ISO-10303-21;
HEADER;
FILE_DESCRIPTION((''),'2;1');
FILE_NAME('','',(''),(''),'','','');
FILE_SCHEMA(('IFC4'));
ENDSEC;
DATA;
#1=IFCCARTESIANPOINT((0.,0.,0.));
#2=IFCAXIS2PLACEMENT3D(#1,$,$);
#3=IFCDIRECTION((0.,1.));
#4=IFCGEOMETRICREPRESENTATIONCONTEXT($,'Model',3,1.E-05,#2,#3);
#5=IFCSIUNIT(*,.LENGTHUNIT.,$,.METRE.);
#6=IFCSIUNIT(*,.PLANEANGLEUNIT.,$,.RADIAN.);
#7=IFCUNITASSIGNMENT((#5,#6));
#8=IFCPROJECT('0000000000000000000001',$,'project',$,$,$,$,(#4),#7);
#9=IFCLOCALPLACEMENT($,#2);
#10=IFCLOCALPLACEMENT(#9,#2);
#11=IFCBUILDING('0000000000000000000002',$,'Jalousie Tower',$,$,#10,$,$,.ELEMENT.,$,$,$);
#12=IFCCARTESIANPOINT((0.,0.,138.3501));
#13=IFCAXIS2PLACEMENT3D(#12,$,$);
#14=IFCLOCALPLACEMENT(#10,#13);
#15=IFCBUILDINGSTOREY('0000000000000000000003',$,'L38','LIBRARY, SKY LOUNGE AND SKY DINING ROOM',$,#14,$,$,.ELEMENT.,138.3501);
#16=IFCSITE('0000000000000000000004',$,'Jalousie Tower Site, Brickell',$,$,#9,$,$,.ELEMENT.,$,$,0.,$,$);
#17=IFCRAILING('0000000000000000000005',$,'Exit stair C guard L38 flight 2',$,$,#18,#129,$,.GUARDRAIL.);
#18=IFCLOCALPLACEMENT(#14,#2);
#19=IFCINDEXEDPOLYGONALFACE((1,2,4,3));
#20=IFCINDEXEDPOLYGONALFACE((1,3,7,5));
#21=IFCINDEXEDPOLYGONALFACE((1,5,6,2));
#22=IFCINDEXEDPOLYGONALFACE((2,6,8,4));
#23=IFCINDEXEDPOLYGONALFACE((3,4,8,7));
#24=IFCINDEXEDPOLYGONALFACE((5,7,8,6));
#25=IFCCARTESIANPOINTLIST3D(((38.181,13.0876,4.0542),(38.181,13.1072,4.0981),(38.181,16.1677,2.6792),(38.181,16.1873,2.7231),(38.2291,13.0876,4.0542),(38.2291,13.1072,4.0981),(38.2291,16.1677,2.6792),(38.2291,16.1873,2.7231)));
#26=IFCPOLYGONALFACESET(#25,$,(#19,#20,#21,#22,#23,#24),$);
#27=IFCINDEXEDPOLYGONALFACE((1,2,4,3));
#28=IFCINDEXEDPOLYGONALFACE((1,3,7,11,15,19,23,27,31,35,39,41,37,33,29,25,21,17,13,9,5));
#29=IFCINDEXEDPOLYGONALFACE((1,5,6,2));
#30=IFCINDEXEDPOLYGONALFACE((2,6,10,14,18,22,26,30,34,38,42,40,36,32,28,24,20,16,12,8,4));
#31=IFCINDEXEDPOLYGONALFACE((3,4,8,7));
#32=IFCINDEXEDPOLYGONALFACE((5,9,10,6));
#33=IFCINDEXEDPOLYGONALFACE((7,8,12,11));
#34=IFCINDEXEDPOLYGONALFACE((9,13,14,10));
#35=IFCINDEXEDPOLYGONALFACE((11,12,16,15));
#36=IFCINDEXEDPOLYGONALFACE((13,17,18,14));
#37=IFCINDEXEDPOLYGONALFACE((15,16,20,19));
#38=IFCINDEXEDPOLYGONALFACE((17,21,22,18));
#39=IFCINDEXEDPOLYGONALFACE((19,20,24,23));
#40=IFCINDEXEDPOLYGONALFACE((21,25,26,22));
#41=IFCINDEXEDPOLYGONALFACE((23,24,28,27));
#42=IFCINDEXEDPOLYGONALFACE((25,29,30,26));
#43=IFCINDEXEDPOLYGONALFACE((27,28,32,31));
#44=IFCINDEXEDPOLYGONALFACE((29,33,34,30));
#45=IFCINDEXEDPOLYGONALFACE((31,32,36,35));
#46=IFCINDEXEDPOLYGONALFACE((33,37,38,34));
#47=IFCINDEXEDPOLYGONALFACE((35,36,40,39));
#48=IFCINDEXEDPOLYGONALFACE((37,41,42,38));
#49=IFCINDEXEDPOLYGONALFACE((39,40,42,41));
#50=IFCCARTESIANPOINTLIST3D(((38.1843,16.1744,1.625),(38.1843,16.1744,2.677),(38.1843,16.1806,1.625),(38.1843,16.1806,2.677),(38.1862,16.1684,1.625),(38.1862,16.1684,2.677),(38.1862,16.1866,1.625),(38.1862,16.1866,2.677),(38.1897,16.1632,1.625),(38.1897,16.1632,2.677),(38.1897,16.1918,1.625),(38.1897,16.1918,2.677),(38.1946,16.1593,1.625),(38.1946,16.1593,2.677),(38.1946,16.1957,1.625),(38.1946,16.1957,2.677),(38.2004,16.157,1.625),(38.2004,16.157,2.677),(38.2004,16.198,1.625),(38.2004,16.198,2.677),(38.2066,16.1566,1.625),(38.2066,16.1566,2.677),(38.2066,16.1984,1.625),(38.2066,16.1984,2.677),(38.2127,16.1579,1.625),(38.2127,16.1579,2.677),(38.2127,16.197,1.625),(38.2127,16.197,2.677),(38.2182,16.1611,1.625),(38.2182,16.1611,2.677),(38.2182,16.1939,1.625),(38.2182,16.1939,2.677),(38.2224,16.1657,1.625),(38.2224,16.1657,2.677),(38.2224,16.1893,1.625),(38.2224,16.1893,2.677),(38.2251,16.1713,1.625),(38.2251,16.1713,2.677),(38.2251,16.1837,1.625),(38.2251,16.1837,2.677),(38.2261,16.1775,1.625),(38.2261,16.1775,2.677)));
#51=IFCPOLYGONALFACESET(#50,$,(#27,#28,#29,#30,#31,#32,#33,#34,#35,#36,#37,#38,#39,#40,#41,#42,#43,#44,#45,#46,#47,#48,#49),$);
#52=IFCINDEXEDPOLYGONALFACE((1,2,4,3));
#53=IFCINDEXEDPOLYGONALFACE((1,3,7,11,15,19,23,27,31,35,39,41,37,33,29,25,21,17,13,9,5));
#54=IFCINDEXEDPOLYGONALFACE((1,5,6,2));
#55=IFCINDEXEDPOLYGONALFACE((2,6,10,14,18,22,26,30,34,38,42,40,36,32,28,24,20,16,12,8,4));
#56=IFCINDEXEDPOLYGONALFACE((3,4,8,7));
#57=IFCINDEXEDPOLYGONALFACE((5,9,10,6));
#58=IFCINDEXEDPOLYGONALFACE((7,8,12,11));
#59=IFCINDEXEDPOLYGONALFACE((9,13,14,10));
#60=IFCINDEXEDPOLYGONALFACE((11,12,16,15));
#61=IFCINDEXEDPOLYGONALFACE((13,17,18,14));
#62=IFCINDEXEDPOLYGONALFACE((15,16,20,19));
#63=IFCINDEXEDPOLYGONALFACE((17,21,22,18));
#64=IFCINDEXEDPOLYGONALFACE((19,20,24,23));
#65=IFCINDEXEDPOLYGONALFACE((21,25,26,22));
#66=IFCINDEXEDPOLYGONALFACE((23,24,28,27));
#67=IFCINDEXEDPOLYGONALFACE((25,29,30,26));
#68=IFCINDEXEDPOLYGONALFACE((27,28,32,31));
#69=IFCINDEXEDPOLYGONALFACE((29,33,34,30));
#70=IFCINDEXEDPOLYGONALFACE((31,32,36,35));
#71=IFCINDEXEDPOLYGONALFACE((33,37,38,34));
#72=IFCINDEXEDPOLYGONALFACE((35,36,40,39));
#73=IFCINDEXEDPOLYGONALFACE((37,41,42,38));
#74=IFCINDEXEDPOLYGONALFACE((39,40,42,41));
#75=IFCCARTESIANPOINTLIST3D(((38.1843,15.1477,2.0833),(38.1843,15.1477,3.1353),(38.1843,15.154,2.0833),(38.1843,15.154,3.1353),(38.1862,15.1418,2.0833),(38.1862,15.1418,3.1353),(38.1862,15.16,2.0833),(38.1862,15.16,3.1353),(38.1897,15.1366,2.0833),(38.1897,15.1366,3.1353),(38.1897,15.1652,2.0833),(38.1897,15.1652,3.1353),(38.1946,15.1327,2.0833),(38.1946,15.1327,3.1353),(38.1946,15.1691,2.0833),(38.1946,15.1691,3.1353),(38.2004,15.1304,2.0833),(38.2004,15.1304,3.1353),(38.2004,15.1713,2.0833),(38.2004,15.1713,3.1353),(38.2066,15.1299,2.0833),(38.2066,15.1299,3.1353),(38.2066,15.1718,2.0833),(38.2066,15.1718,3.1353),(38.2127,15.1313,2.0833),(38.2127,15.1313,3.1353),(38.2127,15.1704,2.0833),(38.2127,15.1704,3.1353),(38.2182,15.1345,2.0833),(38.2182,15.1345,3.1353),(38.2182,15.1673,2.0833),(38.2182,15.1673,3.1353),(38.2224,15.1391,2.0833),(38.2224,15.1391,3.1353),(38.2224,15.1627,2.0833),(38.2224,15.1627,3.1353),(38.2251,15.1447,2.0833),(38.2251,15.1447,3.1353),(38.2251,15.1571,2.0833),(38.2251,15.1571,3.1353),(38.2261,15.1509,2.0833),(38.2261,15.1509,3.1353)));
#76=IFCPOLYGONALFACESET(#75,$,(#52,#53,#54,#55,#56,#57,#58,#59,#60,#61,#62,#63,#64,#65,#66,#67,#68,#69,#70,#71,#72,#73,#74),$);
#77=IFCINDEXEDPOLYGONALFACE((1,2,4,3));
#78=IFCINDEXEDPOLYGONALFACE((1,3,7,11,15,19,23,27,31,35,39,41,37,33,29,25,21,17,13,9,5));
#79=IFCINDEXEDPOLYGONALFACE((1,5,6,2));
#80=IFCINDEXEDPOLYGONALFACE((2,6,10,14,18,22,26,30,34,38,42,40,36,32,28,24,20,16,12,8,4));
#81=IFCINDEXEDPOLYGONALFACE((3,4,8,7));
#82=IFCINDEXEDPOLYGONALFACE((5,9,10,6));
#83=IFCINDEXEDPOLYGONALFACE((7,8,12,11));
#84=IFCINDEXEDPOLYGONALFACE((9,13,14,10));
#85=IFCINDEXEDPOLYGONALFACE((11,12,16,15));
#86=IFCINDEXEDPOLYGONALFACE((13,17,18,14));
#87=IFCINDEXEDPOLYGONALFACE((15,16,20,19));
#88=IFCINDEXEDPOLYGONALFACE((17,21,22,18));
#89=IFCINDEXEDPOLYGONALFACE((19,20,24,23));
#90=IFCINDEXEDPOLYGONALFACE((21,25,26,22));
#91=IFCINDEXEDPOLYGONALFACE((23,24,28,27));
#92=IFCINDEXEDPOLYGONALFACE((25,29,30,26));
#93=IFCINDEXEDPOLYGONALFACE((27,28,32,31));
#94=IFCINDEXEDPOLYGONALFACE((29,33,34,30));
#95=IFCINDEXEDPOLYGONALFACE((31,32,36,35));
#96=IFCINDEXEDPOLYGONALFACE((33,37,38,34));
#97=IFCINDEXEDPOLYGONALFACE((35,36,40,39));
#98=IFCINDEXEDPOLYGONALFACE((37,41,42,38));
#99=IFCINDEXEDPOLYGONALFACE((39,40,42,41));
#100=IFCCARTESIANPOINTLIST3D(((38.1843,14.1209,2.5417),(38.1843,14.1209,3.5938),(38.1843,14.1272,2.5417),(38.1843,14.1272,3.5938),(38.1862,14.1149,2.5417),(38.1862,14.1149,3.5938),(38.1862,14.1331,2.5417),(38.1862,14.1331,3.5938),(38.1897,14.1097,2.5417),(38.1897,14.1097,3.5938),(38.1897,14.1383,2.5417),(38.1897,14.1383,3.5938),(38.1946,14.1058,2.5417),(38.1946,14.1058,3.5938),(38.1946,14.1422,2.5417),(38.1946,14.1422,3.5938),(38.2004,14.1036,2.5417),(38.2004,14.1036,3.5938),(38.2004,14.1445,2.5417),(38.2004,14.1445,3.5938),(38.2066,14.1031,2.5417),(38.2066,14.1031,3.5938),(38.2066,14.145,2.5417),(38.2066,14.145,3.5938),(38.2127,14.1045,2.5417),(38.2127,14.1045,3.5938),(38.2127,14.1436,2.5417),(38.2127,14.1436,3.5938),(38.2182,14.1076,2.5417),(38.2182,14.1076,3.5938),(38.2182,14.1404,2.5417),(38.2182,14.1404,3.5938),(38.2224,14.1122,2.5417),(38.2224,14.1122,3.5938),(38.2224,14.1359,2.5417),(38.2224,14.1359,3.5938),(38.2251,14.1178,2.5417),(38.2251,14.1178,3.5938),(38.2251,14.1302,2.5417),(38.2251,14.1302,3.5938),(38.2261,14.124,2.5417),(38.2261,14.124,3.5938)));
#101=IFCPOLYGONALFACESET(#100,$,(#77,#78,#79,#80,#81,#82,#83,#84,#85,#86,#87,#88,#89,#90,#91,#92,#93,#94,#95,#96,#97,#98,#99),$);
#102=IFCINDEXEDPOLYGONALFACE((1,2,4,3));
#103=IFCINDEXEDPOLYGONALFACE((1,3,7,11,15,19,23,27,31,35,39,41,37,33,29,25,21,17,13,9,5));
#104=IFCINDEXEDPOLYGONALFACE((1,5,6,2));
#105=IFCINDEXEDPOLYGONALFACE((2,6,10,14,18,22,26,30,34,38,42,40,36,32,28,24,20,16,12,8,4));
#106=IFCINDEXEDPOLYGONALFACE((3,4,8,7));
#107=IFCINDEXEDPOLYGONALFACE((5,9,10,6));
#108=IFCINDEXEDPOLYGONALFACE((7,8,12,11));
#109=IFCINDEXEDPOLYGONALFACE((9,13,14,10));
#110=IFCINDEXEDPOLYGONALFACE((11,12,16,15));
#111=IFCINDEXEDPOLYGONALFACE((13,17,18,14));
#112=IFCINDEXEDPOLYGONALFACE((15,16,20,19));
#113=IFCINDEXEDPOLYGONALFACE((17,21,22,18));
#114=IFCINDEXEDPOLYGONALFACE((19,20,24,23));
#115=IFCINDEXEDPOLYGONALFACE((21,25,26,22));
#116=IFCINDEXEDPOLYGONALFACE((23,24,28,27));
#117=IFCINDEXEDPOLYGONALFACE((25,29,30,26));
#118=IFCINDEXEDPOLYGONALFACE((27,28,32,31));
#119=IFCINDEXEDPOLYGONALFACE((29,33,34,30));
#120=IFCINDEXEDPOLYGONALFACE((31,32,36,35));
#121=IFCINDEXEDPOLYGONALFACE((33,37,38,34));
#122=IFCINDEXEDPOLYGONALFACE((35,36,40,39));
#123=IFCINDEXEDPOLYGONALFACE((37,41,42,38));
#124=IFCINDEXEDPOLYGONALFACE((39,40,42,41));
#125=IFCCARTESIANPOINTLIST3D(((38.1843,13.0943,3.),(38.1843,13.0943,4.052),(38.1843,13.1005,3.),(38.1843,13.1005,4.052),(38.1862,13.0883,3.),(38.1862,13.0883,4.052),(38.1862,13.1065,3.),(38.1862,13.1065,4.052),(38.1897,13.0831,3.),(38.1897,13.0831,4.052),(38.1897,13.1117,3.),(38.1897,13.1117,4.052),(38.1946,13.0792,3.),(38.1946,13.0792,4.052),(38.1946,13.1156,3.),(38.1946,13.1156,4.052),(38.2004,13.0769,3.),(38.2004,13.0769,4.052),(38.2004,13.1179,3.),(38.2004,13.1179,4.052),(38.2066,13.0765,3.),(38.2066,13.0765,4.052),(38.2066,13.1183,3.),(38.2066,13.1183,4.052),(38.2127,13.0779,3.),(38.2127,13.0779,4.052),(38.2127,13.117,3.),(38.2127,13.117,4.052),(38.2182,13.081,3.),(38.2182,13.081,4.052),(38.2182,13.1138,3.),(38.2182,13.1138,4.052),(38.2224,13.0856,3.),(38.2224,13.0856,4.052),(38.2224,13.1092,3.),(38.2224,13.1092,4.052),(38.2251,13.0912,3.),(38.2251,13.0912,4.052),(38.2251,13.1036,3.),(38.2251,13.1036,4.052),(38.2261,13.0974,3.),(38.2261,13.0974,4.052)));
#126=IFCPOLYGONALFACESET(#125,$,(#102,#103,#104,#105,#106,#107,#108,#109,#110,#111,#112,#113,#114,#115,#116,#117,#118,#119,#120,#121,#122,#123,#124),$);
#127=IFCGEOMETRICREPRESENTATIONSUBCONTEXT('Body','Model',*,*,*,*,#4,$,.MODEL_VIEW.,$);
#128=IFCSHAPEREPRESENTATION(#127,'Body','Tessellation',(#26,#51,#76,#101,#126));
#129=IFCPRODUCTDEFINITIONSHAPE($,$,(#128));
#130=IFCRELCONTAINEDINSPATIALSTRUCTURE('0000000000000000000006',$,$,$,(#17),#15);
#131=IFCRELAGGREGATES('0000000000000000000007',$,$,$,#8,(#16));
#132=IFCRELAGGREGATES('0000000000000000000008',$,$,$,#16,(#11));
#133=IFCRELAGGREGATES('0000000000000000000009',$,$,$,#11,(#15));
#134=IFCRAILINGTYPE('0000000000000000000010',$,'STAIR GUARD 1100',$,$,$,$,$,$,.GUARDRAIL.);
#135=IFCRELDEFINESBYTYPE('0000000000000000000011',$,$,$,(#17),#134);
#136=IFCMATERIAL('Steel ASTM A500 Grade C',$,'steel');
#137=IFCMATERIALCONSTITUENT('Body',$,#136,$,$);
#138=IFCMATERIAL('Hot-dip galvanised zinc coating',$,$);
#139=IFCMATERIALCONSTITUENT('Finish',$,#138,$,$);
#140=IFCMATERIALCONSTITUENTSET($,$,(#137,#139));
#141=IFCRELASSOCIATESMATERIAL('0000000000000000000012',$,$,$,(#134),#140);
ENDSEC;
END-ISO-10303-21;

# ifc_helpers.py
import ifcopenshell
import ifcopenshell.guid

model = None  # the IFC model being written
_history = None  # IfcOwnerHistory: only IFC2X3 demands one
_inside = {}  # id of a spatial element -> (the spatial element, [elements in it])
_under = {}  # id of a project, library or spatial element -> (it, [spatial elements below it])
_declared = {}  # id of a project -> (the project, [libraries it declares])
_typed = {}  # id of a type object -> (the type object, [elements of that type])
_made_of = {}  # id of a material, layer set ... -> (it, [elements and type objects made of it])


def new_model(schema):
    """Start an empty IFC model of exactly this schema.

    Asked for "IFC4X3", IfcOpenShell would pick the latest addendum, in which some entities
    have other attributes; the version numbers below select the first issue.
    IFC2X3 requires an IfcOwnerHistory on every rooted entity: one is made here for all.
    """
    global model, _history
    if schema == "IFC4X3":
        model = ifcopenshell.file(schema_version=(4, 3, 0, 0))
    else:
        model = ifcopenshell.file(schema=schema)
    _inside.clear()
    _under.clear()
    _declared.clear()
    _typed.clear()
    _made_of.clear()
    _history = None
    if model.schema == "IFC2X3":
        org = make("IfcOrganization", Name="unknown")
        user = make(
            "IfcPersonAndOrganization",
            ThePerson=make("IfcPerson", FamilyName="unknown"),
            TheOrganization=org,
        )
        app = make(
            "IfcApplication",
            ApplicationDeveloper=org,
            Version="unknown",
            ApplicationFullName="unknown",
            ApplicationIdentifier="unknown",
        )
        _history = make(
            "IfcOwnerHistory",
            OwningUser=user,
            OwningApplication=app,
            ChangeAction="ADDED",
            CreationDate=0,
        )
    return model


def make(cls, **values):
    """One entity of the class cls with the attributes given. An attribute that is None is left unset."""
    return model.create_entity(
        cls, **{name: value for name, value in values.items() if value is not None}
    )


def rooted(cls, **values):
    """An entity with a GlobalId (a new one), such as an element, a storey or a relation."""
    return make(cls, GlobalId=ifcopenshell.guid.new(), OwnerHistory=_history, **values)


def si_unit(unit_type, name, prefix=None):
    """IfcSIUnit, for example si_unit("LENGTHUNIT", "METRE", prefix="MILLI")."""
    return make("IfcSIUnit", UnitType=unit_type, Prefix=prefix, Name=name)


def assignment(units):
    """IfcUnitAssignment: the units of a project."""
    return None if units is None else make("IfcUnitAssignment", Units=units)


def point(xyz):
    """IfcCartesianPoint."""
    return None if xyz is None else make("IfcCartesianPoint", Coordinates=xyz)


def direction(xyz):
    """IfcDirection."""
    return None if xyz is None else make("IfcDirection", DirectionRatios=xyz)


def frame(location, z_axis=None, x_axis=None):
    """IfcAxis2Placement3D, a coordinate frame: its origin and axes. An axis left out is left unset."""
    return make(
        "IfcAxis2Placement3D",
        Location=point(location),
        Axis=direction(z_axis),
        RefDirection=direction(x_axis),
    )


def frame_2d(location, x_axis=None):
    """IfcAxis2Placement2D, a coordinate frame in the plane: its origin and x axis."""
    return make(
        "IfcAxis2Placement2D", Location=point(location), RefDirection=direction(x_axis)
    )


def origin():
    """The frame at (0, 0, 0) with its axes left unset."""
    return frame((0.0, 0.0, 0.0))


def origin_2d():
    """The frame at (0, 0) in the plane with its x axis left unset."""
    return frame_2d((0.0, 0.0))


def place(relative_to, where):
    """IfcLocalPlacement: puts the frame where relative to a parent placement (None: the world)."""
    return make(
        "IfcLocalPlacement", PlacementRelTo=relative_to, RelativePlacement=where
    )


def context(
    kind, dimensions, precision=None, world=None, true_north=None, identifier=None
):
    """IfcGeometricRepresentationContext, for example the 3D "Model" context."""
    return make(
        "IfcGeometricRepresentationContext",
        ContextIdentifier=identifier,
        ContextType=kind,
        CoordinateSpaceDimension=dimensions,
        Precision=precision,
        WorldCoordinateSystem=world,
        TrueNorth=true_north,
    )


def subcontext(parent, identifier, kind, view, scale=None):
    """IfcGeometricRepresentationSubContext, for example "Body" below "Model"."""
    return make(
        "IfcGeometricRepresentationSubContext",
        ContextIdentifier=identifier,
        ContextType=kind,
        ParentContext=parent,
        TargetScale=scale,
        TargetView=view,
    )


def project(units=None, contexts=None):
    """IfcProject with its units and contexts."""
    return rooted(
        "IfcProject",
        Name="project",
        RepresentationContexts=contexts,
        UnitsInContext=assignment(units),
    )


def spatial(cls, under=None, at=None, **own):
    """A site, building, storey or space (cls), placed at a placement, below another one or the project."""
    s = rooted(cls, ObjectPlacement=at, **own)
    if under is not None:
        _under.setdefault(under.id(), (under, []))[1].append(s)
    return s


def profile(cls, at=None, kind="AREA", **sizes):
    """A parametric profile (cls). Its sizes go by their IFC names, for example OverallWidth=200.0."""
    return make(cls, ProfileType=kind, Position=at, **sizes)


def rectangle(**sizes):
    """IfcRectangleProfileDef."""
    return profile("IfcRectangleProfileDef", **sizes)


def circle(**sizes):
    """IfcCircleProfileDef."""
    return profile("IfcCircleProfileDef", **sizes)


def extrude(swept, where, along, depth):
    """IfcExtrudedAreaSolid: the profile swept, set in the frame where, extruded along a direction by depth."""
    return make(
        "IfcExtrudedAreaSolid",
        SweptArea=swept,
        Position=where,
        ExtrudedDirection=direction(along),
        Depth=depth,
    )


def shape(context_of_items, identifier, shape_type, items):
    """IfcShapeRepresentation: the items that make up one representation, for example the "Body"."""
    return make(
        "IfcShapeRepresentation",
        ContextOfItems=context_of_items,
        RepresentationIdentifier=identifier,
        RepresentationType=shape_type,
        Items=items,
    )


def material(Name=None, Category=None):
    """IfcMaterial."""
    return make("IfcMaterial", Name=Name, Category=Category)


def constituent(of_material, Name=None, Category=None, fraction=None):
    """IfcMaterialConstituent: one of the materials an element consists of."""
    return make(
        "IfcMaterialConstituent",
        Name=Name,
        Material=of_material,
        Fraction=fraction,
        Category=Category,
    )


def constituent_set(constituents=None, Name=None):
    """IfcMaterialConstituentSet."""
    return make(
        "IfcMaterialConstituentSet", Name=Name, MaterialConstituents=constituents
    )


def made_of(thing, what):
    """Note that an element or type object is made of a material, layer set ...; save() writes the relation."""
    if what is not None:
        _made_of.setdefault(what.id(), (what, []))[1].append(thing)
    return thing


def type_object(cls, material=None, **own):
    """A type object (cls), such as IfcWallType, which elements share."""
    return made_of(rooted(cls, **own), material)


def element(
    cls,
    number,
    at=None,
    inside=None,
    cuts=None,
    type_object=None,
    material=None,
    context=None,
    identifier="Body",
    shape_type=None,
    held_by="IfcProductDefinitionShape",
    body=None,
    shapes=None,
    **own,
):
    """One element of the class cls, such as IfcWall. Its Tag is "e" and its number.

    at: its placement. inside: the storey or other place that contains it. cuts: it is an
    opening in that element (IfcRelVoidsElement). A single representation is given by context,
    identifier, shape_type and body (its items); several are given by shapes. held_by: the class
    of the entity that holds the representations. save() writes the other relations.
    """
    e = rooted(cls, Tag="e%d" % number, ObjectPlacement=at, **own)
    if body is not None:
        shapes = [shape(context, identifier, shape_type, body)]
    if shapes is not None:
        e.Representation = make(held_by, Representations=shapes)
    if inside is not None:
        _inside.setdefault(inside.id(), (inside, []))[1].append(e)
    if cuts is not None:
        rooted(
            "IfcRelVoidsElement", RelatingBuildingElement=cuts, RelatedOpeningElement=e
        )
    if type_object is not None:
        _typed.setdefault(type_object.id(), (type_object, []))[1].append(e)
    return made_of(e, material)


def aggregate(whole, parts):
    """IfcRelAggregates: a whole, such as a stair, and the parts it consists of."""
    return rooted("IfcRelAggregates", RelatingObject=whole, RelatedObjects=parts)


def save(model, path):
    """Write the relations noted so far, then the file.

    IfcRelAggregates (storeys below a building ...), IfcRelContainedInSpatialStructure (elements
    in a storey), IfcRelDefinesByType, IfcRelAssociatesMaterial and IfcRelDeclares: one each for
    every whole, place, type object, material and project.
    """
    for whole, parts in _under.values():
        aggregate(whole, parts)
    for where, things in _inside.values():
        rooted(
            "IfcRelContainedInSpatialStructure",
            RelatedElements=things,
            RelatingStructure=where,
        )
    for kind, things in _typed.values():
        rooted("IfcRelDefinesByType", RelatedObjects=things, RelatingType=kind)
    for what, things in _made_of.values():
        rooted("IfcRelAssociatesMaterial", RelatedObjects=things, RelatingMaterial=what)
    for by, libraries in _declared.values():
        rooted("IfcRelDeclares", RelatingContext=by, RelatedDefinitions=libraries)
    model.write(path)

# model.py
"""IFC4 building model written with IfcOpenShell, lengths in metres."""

from ifc_helpers import new_model, si_unit, direction, frame, origin, origin_2d, place, context, subcontext, project, spatial, rectangle, circle, extrude, material, constituent, constituent_set, type_object, element, save


model = new_model("IFC4")

# Units and contexts
model_context = context("Model", 3, precision=1e-05, world=origin(), true_north=direction((0.0, 1.0)))
body_context = subcontext(model_context, "Body", "Model", "MODEL_VIEW")
ifc_project = project(units=[si_unit("LENGTHUNIT", "METRE"), si_unit("PLANEANGLEUNIT", "RADIAN")], contexts=[model_context])

# Site, building, storey
site_placement = place(None, origin())
site = spatial("IfcSite", under=ifc_project, at=site_placement, Name="Jalousie Tower Site, Brickell", CompositionType="ELEMENT", RefElevation=0.0)
building_placement = place(site_placement, origin())
building = spatial("IfcBuilding", under=site, at=building_placement, Name="Jalousie Tower", CompositionType="ELEMENT")
storey_placement = place(building_placement, frame((0.0, 0.0, 138.3501)))
storey = spatial("IfcBuildingStorey", under=building, at=storey_placement, Name="L38", Description="LIBRARY, SKY LOUNGE AND SKY DINING ROOM", CompositionType="ELEMENT", Elevation=138.3501)

# Railing
ifc_material_1 = material(Name="Steel ASTM A500 Grade C", Category="steel")
ifc_constituent_1 = constituent(ifc_material_1, Name="Body")
ifc_material_2 = material(Name="Hot-dip galvanised zinc coating")
ifc_constituent_2 = constituent(ifc_material_2, Name="Finish")
ifc_constituent_set_1 = constituent_set(constituents=[ifc_constituent_1, ifc_constituent_2])
railing_type_1 = type_object("IfcRailingType", Name="STAIR GUARD 1100", PredefinedType="GUARDRAIL", material=ifc_constituent_set_1)
railing_1_placement = place(storey_placement, frame((38.2051, 16.1775, 1.625)))
element("IfcRailing", 1, at=railing_1_placement, inside=storey, type_object=railing_type_1, Name="Exit stair C guard L38 flight 2", PredefinedType="GUARDRAIL", context=body_context, shape_type="SweptSolid", body=[
    extrude(rectangle(XDim=0.0481, YDim=0.0481, at=origin_2d()), frame((0.0, 0.0, 1.0762), z_axis=(0.0, -0.913142, 0.407642), x_axis=(1.0, 0.0, 0.0)), (0.0, 0.0, 1.0), 3.373),
    extrude(circle(Radius=0.021, at=origin_2d()), origin(), (0.0, 0.0, 1.0), 1.052),
    extrude(circle(Radius=0.021, at=origin_2d()), frame((0.0, -1.0266, 0.4583)), (0.0, 0.0, 1.0), 1.052),
    extrude(circle(Radius=0.021, at=origin_2d()), frame((0.0, -2.0535, 0.9167)), (0.0, 0.0, 1.0), 1.052),
    extrude(circle(Radius=0.021, at=origin_2d()), frame((0.0, -3.0801, 1.375)), (0.0, 0.0, 1.0), 1.052),
])

save(model, "model.ifc")
